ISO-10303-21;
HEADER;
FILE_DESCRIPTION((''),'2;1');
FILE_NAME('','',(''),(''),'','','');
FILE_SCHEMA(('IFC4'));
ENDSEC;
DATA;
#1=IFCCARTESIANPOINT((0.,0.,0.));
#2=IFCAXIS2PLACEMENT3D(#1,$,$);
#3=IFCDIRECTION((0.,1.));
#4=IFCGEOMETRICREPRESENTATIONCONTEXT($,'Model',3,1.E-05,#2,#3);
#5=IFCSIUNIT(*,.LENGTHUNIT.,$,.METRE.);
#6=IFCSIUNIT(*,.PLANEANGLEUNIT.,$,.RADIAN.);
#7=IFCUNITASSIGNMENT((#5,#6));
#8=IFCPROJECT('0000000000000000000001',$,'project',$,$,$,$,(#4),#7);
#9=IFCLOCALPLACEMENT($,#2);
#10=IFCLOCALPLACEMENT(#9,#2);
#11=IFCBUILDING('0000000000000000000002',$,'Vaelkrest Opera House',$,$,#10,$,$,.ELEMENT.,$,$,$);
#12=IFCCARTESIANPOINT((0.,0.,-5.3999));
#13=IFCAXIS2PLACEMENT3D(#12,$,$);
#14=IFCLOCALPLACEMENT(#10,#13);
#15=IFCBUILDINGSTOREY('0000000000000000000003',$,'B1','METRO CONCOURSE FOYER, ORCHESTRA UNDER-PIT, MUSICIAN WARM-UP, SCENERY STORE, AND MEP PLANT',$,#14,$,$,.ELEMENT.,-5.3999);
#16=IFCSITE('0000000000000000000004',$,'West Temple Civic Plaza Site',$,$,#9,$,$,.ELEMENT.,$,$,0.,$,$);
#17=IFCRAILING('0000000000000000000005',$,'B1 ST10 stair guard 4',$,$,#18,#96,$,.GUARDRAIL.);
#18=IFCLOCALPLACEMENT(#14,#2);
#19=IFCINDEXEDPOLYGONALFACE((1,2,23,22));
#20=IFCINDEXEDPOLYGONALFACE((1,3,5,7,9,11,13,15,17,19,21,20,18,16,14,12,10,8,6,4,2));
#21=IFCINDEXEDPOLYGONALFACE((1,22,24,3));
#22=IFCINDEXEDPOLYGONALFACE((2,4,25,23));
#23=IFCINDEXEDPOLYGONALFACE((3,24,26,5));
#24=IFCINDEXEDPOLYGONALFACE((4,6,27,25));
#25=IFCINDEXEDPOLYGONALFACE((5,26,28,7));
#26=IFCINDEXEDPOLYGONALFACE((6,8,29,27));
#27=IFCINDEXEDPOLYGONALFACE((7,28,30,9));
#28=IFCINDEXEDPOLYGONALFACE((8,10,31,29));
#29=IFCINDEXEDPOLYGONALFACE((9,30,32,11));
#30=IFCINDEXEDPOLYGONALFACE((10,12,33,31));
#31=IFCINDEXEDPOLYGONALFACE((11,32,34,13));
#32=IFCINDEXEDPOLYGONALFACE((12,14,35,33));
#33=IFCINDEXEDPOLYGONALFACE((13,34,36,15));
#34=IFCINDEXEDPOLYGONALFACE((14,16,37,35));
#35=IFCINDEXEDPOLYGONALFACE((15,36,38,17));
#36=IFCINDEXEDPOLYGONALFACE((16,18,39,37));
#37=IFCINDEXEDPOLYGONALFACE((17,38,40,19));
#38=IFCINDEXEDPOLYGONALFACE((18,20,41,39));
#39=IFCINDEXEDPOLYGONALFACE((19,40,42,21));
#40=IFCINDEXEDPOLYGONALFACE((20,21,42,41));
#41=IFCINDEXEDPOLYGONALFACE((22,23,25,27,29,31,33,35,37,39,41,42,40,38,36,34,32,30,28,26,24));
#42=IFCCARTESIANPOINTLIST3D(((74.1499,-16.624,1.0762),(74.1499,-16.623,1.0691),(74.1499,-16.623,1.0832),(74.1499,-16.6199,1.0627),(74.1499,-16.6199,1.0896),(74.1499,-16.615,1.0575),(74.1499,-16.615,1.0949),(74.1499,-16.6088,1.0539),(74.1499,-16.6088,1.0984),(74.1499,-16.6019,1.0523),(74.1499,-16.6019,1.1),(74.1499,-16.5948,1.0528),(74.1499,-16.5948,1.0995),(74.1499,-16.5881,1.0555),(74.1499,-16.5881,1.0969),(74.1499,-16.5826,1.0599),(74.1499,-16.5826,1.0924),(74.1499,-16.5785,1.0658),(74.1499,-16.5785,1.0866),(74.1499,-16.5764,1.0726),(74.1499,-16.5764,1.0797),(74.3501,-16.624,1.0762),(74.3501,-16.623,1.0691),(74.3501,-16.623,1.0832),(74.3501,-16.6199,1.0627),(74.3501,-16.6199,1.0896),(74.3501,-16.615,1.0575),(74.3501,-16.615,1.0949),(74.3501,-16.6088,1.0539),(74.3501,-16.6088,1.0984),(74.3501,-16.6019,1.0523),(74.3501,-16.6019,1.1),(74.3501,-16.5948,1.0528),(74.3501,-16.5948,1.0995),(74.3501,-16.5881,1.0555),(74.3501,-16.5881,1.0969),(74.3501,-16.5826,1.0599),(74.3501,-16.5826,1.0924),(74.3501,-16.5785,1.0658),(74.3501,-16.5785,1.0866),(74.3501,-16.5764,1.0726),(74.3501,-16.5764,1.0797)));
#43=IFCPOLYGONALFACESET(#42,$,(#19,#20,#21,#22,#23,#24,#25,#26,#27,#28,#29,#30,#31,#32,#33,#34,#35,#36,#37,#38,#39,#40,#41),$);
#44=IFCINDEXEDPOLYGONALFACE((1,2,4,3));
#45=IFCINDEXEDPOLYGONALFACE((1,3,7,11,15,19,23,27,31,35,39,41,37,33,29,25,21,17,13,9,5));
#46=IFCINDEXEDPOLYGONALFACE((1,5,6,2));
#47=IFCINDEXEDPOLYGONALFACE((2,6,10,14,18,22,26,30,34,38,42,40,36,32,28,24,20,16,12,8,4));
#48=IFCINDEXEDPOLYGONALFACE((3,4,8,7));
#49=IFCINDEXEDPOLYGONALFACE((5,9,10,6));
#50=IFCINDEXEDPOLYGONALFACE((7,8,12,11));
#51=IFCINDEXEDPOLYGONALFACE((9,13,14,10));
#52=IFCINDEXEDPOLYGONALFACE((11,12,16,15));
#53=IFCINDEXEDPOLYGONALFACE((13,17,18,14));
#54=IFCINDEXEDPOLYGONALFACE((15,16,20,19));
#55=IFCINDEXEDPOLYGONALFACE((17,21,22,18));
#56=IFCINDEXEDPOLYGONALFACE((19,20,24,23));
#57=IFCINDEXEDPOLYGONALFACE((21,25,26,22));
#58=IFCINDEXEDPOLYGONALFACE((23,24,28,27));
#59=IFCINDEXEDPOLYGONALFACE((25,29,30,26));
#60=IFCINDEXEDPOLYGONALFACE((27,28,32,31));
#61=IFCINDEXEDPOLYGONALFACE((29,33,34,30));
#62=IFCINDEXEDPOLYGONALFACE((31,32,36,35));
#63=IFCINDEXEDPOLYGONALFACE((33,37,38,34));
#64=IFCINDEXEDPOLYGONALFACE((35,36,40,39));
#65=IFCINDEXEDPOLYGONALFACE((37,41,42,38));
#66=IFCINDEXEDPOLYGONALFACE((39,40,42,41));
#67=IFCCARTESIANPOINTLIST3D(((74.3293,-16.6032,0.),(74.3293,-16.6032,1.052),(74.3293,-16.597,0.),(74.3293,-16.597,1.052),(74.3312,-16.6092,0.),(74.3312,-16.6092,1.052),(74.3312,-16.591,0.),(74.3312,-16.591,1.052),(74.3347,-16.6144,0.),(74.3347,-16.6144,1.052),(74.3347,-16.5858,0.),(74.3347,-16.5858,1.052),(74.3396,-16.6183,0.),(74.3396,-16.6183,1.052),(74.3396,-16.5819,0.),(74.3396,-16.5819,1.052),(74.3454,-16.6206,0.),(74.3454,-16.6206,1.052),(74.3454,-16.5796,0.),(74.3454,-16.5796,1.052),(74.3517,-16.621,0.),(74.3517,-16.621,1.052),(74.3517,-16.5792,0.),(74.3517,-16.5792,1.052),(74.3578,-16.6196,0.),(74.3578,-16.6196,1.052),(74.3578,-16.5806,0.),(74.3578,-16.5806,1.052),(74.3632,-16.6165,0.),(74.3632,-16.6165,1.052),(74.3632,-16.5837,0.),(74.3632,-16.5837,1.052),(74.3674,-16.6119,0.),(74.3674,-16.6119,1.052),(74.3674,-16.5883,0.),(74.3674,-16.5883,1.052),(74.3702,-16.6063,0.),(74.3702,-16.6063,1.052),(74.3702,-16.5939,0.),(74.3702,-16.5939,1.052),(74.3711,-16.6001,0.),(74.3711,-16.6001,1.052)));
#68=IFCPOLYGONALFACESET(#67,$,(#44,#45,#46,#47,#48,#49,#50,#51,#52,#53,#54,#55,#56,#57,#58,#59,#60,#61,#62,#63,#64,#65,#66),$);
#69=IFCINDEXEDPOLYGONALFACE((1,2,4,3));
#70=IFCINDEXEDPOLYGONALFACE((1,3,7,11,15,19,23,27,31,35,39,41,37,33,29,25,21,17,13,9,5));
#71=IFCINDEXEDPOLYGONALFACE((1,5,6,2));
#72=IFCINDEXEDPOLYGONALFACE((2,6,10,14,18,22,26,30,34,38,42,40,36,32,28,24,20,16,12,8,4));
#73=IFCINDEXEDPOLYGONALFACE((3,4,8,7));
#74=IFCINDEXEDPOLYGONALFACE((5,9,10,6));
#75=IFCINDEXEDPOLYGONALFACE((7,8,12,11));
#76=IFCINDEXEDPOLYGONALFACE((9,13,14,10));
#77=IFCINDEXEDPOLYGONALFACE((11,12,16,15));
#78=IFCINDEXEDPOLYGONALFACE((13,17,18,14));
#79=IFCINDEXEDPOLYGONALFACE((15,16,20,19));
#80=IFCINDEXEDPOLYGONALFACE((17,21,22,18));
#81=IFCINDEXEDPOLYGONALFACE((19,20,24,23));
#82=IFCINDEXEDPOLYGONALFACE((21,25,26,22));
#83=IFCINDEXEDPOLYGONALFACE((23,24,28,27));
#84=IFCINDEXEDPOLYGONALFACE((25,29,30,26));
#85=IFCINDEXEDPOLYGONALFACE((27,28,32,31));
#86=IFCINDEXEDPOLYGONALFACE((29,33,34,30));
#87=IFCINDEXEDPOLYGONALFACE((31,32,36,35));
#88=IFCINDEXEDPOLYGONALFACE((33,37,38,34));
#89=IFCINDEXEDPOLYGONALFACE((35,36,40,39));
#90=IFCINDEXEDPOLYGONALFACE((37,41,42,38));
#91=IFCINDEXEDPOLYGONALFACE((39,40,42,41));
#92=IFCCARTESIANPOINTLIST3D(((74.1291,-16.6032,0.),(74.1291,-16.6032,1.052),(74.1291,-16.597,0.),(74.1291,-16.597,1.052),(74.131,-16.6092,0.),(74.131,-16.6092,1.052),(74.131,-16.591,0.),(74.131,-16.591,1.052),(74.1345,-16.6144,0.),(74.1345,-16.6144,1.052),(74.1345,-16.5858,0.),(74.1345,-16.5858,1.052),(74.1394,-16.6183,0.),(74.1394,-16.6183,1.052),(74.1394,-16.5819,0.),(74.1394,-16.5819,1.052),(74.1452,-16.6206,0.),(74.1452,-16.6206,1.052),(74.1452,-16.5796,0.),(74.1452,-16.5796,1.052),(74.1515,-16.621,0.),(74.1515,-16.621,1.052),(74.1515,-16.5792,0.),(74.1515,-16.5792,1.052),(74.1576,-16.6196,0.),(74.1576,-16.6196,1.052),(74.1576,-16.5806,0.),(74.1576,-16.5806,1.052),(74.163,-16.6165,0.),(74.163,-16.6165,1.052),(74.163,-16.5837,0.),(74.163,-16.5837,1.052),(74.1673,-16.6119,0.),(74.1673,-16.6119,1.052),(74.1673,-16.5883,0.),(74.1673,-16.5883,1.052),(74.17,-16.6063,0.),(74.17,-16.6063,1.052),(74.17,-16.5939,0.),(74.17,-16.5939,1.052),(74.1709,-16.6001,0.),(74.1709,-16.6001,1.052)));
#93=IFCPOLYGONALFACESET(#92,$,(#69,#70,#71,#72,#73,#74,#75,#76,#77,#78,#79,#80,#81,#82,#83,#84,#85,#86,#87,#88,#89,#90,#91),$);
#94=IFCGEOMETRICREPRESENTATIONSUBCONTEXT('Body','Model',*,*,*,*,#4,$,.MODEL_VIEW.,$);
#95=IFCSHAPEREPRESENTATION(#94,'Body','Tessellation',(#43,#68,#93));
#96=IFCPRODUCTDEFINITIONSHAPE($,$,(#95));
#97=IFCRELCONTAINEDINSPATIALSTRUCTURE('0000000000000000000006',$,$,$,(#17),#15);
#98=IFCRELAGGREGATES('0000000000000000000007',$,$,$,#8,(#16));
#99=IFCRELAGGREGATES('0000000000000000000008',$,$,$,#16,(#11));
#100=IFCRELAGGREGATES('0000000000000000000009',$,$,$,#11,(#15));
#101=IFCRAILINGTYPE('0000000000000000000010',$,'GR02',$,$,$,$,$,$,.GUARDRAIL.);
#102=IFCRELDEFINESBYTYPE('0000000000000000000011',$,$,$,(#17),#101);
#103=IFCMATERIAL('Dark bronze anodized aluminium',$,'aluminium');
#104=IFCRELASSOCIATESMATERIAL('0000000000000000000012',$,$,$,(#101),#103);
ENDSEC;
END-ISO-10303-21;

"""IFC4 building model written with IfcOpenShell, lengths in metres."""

from ifc_helpers import new_model, si_unit, direction, frame, origin, origin_2d, place, context, subcontext, project, spatial, circle, extrude, material, type_object, element, save


model = new_model("IFC4")

# Units and contexts
model_context = context("Model", 3, precision=1e-05, world=origin(), true_north=direction((0.0, 1.0)))
body_context = subcontext(model_context, "Body", "Model", "MODEL_VIEW")
ifc_project = project(units=[si_unit("LENGTHUNIT", "METRE"), si_unit("PLANEANGLEUNIT", "RADIAN")], contexts=[model_context])

# Site, building, storey
site_placement = place(None, origin())
site = spatial("IfcSite", under=ifc_project, at=site_placement, Name="West Temple Civic Plaza Site", CompositionType="ELEMENT", RefElevation=0.0)
building_placement = place(site_placement, origin())
building = spatial("IfcBuilding", under=site, at=building_placement, Name="Vaelkrest Opera House", CompositionType="ELEMENT")
storey_placement = place(building_placement, frame((0.0, 0.0, -5.3999)))
storey = spatial("IfcBuildingStorey", under=building, at=storey_placement, Name="B1", Description="METRO CONCOURSE FOYER, ORCHESTRA UNDER-PIT, MUSICIAN WARM-UP, SCENERY STORE, AND MEP PLANT", CompositionType="ELEMENT", Elevation=-5.3999)

# Railing
ifc_material_1 = material(Name="Dark bronze anodized aluminium", Category="aluminium")
railing_type_1 = type_object("IfcRailingType", Name="GR02", PredefinedType="GUARDRAIL", material=ifc_material_1)
railing_1_placement = place(storey_placement, frame((74.3501, -16.6001, 0.0)))
element("IfcRailing", 1, at=railing_1_placement, inside=storey, type_object=railing_type_1, Name="B1 ST10 stair guard 4", PredefinedType="GUARDRAIL", context=body_context, shape_type="SweptSolid", body=[
    extrude(circle(Radius=0.0239, at=origin_2d()), frame((0.0, 0.0, 1.0762), z_axis=(-1.0, 0.0, 0.0), x_axis=(0.0, -1.0, 0.0)), (0.0, 0.0, 1.0), 0.2002),
    extrude(circle(Radius=0.021, at=origin_2d()), origin(), (0.0, 0.0, 1.0), 1.052),
    extrude(circle(Radius=0.021, at=origin_2d()), frame((-0.2002, 0.0, 0.0)), (0.0, 0.0, 1.0), 1.052),
])

save(model, "model.ifc")
